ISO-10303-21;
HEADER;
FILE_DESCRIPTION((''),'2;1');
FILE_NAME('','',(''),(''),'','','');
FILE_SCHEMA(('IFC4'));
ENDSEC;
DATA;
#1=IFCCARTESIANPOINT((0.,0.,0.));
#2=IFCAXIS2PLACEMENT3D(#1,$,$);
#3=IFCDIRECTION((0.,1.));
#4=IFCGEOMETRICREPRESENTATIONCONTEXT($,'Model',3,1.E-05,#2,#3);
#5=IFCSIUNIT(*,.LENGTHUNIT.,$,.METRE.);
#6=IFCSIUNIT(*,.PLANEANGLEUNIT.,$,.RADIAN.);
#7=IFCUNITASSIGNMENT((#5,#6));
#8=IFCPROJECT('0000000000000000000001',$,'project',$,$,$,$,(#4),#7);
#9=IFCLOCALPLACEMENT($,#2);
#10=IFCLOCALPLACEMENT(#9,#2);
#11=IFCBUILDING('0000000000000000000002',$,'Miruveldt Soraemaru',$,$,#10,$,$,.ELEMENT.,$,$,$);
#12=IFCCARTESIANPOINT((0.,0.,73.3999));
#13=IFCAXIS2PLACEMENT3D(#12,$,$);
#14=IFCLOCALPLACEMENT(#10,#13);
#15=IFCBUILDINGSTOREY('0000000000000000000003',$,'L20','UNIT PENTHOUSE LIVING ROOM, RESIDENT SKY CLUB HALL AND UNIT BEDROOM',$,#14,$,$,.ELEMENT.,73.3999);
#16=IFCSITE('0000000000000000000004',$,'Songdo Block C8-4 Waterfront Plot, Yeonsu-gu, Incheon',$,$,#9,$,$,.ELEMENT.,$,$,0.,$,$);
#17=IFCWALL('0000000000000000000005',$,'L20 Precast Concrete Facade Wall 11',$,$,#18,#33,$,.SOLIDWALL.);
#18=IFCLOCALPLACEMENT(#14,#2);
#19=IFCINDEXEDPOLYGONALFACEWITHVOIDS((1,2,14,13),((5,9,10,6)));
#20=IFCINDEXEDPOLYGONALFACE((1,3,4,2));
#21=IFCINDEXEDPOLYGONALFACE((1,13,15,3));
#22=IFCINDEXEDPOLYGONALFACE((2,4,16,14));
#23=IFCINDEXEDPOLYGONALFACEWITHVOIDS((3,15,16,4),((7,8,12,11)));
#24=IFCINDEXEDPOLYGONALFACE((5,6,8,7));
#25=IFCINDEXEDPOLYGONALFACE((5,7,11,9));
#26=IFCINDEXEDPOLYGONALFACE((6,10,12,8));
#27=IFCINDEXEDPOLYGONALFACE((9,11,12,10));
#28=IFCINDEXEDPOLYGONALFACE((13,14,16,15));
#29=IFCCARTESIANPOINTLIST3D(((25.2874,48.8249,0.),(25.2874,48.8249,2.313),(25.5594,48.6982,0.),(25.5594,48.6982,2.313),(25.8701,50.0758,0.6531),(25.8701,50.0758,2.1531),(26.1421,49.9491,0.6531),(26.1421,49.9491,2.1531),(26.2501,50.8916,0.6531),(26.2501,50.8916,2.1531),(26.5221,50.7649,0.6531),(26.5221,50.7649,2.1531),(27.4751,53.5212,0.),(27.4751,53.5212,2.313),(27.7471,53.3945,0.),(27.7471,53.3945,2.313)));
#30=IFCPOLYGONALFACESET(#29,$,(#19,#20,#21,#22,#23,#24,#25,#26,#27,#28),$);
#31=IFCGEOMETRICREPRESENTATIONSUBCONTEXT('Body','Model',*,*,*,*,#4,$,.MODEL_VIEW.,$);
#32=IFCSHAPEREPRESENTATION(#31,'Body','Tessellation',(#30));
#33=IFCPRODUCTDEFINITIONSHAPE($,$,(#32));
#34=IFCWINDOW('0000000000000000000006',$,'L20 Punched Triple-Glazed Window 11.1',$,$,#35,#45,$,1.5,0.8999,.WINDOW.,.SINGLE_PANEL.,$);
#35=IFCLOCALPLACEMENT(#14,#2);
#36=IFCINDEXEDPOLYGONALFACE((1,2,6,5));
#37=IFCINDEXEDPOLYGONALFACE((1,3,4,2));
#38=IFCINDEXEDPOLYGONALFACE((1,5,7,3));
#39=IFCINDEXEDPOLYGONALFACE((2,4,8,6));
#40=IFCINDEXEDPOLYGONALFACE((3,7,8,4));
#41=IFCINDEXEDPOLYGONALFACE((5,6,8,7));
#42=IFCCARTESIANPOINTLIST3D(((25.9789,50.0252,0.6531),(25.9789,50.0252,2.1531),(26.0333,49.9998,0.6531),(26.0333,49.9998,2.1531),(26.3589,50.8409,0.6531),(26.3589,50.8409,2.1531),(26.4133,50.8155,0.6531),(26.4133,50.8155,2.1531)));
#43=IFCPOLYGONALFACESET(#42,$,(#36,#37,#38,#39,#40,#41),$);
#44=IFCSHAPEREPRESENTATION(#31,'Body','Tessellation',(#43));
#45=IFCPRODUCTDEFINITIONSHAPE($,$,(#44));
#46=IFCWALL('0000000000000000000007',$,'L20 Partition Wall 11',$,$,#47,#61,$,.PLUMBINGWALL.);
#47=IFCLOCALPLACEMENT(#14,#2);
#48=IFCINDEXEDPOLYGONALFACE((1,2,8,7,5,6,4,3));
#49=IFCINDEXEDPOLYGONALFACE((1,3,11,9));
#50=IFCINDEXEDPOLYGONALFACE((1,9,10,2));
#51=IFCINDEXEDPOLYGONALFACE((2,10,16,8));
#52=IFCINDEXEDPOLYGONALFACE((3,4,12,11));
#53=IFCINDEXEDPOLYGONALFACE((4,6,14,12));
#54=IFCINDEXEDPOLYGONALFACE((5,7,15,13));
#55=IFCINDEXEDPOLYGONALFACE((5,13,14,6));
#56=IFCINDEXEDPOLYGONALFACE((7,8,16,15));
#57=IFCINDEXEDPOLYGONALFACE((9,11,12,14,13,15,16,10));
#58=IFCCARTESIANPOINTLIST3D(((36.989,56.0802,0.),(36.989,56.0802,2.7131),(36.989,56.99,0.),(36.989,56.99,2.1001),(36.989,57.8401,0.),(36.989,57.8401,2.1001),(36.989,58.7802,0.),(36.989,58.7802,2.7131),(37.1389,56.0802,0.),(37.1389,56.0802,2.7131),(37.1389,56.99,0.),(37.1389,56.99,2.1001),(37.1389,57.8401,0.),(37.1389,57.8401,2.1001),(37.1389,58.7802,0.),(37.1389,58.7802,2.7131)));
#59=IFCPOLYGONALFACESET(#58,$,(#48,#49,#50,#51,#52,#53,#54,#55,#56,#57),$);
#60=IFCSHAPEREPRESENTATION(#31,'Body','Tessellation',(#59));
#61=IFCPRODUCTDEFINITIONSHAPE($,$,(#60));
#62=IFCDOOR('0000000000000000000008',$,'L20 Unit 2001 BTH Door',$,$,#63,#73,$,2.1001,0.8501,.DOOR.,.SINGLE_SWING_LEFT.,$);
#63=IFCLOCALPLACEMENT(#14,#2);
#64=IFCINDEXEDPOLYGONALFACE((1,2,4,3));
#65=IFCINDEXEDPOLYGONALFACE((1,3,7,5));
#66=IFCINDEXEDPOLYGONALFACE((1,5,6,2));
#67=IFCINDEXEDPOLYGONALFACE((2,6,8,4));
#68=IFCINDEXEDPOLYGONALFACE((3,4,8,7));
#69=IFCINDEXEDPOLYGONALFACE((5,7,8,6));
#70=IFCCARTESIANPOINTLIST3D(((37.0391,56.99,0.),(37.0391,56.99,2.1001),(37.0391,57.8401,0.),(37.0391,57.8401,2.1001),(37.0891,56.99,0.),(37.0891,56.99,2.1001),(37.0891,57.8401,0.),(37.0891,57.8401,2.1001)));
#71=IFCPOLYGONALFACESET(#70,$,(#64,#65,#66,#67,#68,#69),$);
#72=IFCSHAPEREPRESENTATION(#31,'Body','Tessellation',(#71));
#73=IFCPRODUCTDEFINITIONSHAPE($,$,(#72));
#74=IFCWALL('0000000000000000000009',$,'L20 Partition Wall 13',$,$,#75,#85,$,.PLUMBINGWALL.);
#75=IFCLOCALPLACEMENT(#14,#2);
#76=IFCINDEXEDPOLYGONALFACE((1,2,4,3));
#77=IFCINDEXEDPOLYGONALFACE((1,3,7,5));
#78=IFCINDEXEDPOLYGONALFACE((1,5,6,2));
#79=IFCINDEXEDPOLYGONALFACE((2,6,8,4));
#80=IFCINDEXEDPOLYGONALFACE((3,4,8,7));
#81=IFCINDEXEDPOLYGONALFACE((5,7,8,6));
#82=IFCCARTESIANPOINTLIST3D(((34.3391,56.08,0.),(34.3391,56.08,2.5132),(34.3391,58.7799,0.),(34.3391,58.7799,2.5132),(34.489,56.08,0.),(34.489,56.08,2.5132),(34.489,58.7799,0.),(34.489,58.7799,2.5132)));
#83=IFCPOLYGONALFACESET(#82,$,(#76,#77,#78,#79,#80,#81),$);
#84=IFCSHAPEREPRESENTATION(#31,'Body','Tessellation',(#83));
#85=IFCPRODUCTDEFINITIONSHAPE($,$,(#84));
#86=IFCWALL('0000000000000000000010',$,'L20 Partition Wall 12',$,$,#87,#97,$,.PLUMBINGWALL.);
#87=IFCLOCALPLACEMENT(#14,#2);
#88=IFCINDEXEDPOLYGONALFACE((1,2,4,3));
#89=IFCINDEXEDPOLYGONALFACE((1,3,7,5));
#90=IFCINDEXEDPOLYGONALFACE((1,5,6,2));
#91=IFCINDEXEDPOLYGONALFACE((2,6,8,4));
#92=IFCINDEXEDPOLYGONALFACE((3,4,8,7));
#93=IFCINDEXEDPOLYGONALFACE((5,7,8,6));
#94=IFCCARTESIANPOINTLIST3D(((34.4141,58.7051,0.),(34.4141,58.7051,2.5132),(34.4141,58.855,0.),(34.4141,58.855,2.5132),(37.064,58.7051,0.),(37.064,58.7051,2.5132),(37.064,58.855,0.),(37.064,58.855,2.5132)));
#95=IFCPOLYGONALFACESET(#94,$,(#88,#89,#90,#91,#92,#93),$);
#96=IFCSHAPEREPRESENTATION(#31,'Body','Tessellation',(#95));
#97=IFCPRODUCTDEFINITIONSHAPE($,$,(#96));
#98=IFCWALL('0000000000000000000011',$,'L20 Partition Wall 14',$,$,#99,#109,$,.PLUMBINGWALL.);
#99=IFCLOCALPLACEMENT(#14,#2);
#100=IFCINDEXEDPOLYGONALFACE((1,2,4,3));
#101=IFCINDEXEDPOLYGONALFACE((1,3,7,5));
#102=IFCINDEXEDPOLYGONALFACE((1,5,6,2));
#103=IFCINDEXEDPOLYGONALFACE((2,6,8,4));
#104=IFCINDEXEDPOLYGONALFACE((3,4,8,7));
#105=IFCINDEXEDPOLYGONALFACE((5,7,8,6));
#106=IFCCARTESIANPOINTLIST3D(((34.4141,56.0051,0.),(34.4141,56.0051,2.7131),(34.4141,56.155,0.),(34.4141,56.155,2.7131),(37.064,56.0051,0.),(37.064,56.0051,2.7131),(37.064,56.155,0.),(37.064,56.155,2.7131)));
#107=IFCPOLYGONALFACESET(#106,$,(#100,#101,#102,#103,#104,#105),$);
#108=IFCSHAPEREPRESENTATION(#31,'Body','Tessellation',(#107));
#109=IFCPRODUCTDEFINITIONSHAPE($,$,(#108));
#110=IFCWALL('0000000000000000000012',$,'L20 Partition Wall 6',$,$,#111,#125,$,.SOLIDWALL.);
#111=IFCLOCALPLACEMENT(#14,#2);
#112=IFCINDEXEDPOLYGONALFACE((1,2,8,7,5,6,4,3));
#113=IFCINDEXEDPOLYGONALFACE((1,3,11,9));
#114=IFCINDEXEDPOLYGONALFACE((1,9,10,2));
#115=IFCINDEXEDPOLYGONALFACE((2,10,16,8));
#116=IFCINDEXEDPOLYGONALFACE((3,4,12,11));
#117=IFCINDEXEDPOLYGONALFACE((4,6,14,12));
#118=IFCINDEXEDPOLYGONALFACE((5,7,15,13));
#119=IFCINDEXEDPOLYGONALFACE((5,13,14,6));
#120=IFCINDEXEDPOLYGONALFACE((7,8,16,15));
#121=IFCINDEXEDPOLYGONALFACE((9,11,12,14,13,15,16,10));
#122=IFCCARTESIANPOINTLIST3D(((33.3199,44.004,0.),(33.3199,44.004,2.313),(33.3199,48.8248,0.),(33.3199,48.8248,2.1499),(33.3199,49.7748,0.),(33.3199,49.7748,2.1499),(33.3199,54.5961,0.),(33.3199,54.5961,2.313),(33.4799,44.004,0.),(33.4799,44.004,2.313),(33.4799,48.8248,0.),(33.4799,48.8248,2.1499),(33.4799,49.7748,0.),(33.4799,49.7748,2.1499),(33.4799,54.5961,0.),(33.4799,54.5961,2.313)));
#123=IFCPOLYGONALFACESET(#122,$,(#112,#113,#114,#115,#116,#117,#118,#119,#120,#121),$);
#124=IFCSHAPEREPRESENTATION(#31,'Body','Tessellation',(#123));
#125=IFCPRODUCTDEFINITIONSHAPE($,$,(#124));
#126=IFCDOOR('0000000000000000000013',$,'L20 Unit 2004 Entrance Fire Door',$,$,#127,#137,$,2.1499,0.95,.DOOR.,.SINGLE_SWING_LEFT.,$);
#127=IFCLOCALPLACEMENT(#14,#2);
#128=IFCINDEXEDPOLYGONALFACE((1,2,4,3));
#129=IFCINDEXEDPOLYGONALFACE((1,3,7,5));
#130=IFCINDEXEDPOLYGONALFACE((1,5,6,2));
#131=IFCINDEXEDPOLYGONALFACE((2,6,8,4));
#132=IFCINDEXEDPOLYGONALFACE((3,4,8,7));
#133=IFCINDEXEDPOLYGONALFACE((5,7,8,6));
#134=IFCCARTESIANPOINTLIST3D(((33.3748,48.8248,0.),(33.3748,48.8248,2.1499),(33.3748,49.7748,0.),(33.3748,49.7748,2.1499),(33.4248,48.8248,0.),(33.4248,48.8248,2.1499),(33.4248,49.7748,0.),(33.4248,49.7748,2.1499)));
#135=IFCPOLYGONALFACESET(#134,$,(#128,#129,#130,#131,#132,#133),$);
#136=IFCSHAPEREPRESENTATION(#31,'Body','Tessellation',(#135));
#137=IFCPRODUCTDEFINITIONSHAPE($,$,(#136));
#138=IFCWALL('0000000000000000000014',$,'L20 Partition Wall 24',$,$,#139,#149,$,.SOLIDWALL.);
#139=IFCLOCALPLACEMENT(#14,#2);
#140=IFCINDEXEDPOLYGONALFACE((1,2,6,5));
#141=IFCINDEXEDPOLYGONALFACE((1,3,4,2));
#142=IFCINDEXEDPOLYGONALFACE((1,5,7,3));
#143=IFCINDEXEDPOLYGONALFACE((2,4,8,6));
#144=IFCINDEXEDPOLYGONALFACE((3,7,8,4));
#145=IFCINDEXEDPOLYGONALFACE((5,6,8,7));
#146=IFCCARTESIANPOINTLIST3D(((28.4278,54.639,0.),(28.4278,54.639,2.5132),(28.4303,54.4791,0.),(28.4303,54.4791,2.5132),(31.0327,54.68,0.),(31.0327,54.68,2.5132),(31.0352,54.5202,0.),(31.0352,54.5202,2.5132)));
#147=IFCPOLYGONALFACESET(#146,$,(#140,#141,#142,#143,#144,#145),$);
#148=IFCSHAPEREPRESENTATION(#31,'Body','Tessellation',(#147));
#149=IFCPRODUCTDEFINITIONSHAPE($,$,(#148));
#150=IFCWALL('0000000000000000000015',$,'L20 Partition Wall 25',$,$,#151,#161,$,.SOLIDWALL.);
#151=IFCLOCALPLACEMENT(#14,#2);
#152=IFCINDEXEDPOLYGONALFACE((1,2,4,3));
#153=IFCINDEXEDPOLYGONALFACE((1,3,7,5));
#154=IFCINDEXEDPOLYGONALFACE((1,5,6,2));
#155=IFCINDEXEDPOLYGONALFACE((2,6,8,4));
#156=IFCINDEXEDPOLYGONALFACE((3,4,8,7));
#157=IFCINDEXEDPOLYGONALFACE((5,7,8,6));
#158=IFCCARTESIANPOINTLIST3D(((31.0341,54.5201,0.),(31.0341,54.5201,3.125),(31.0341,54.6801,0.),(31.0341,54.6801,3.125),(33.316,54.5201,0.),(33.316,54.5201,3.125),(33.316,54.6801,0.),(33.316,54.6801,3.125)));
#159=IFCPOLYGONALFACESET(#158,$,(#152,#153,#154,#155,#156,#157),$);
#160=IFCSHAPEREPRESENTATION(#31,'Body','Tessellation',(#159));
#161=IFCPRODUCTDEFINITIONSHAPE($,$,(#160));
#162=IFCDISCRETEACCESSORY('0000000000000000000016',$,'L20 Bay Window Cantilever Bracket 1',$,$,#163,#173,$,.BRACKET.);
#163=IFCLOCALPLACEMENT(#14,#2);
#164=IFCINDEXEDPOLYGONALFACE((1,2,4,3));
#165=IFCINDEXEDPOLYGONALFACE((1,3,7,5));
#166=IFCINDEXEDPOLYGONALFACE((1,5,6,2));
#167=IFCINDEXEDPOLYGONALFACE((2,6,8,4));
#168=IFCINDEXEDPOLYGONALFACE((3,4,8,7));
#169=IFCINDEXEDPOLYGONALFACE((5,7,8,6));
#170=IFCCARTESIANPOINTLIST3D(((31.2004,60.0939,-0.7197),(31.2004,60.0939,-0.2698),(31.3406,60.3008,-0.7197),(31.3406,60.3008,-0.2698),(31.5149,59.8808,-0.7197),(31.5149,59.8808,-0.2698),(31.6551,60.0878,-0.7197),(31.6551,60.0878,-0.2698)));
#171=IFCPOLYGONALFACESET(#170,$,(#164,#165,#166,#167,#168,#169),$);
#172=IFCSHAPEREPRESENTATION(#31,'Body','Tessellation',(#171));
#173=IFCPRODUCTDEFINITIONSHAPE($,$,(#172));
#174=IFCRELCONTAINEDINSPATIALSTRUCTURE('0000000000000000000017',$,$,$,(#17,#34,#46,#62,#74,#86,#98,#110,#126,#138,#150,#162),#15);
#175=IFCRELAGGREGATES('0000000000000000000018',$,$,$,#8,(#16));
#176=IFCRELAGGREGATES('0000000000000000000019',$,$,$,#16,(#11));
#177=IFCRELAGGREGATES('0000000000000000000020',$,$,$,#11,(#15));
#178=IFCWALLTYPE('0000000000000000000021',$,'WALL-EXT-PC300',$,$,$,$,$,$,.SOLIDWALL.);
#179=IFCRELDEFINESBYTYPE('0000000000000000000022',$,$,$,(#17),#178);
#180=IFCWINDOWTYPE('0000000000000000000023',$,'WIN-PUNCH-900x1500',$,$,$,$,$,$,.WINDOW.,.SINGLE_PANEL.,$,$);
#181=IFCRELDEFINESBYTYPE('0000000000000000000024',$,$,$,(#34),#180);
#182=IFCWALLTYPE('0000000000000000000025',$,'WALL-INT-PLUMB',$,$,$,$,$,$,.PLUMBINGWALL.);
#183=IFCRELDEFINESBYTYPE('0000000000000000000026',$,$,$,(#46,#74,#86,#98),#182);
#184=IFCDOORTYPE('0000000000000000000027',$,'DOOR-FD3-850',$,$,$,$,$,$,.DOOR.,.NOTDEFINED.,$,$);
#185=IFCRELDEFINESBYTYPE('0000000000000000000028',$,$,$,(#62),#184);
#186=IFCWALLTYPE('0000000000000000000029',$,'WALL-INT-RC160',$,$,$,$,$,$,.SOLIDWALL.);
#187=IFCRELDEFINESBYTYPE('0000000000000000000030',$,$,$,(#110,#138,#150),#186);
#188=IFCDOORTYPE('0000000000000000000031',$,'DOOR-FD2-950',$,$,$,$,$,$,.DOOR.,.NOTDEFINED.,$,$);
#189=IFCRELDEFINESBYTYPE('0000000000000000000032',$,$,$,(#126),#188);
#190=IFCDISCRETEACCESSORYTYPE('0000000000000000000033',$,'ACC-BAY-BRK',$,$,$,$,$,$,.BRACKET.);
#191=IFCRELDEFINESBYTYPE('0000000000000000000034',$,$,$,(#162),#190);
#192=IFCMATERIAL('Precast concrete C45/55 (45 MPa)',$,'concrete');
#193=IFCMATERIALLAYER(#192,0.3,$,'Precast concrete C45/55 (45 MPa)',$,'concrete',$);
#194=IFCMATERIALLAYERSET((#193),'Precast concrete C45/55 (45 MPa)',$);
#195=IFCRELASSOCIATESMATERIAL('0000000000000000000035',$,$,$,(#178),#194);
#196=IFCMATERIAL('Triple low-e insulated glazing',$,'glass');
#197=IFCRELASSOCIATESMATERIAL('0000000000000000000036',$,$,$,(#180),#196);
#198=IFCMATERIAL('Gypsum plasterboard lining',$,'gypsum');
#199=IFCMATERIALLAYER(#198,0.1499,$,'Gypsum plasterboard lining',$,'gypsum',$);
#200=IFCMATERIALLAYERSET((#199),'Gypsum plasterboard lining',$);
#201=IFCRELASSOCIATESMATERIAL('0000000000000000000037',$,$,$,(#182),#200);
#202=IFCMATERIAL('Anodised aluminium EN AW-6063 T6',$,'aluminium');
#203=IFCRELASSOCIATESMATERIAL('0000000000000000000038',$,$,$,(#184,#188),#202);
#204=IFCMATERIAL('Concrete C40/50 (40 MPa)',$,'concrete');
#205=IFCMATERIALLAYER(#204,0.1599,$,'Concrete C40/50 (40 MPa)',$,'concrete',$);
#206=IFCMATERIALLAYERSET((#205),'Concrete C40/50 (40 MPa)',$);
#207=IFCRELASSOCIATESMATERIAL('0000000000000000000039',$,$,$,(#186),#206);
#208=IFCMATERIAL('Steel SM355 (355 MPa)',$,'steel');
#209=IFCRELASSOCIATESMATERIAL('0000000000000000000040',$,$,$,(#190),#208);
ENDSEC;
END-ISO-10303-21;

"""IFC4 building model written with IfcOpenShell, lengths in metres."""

from ifc_helpers import new_model, si_unit, direction, frame, frame_2d, origin, origin_2d, place, context, subcontext, project, spatial, rectangle, extrude, material, layer, layer_set, type_object, element, fill, save


model = new_model("IFC4")

# Units and contexts
model_context = context("Model", 3, precision=1e-05, world=origin(), true_north=direction((0.0, 1.0)))
body_context = subcontext(model_context, "Body", "Model", "MODEL_VIEW")
ifc_project = project(units=[si_unit("LENGTHUNIT", "METRE"), si_unit("PLANEANGLEUNIT", "RADIAN")], contexts=[model_context])

# Site, building, storey
site_placement = place(None, origin())
site = spatial("IfcSite", under=ifc_project, at=site_placement, Name="Songdo Block C8-4 Waterfront Plot, Yeonsu-gu, Incheon", CompositionType="ELEMENT", RefElevation=0.0)
building_placement = place(site_placement, origin())
building = spatial("IfcBuilding", under=site, at=building_placement, Name="Miruveldt Soraemaru", CompositionType="ELEMENT")
storey_placement = place(building_placement, frame((0.0, 0.0, 73.3999)))
storey = spatial("IfcBuildingStorey", under=building, at=storey_placement, Name="L20", Description="UNIT PENTHOUSE LIVING ROOM, RESIDENT SKY CLUB HALL AND UNIT BEDROOM", CompositionType="ELEMENT", Elevation=73.3999)

# Shared definitions
ifc_material_1 = material(Name="Steel SM355 (355 MPa)", Category="steel")

# Shared definitions
ifc_material_2 = material(Name="Precast concrete C45/55 (45 MPa)", Category="concrete")
ifc_layer_1 = layer(ifc_material_2, 0.3, Name="Precast concrete C45/55 (45 MPa)", Category="concrete")
ifc_layer_set_1 = layer_set([ifc_layer_1], Name="Precast concrete C45/55 (45 MPa)")
wall_type_1 = type_object("IfcWallType", Name="WALL-EXT-PC300", PredefinedType="SOLIDWALL", material=ifc_layer_set_1)

# Wall, opening, window
ifc_material_3 = material(Name="Triple low-e insulated glazing", Category="glass")
wall_1_placement = place(storey_placement, frame((27.6111, 53.4578, 0.0), z_axis=(0.0, 0.0, 1.0), x_axis=(-0.422274, -0.906468, 0.0)))
wall_1 = element("IfcWall", 1, at=wall_1_placement, inside=storey, type_object=wall_type_1, Name="L20 Precast Concrete Facade Wall 11", PredefinedType="SOLIDWALL", context=body_context, shape_type="SweptSolid", body=[
    extrude(rectangle(XDim=5.1809, YDim=0.3, at=frame_2d((2.5903, 0.0))), origin(), (0.0, 0.0, 1.0), 2.313),
])
opening_1_placement = place(wall_1_placement, frame((2.9009, 0.0, 0.6531)))
opening_1 = element("IfcOpeningElement", 2, at=opening_1_placement, cuts=wall_1, PredefinedType="OPENING", context=body_context, shape_type="SweptSolid", body=[
    extrude(rectangle(XDim=0.8999, YDim=1.5, at=frame_2d((0.45, 0.75))), frame((0.0, 0.1602, 0.0), z_axis=(0.0, -1.0, 0.0), x_axis=(1.0, 0.0, 0.0)), (0.0, 0.0, 1.0), 0.3201),
])
window_type_1 = type_object("IfcWindowType", Name="WIN-PUNCH-900x1500", PartitioningType="SINGLE_PANEL", PredefinedType="WINDOW", material=ifc_material_3)
window_1_placement = place(opening_1_placement, origin())
window_1 = element("IfcWindow", 3, at=window_1_placement, inside=storey, type_object=window_type_1, Name="L20 Punched Triple-Glazed Window 11.1", OverallHeight=1.5, OverallWidth=0.8999, PartitioningType="SINGLE_PANEL", PredefinedType="WINDOW", context=body_context, shape_type="SweptSolid", body=[
    extrude(rectangle(XDim=0.8999, YDim=1.5, at=frame_2d((0.45, 0.75))), frame((0.0, 0.03, 0.0), z_axis=(0.0, -1.0, 0.0), x_axis=(1.0, 0.0, 0.0)), (0.0, 0.0, 1.0), 0.0601),
])
fill(opening_1, window_1)

# Wall, opening, door
ifc_material_4 = material(Name="Gypsum plasterboard lining", Category="gypsum")
ifc_layer_2 = layer(ifc_material_4, 0.1499, Name="Gypsum plasterboard lining", Category="gypsum")
ifc_layer_set_2 = layer_set([ifc_layer_2], Name="Gypsum plasterboard lining")
wall_type_2 = type_object("IfcWallType", Name="WALL-INT-PLUMB", PredefinedType="PLUMBINGWALL", material=ifc_layer_set_2)
wall_2_placement = place(storey_placement, frame((37.064, 56.0801, 0.0), z_axis=(0.0, 0.0, 1.0), x_axis=(0.0, 1.0, 0.0)))
wall_2 = element("IfcWall", 4, at=wall_2_placement, inside=storey, type_object=wall_type_2, Name="L20 Partition Wall 11", PredefinedType="PLUMBINGWALL", context=body_context, shape_type="SweptSolid", body=[
    extrude(rectangle(XDim=2.7, YDim=0.1499, at=frame_2d((1.3501, 0.0))), origin(), (0.0, 0.0, 1.0), 2.7131),
])
opening_2_placement = place(wall_2_placement, frame((0.9099, 0.0, 0.0)))
opening_2 = element("IfcOpeningElement", 5, at=opening_2_placement, cuts=wall_2, PredefinedType="OPENING", context=body_context, shape_type="SweptSolid", body=[
    extrude(rectangle(XDim=0.8501, YDim=2.1001, at=frame_2d((0.425, 1.05))), frame((0.0, 0.085, 0.0), z_axis=(0.0, -1.0, 0.0), x_axis=(1.0, 0.0, 0.0)), (0.0, 0.0, 1.0), 0.1699),
])
ifc_material_5 = material(Name="Anodised aluminium EN AW-6063 T6", Category="aluminium")
door_type_1 = type_object("IfcDoorType", Name="DOOR-FD3-850", OperationType="NOTDEFINED", PredefinedType="DOOR", material=ifc_material_5)
door_1_placement = place(opening_2_placement, origin())
door_1 = element("IfcDoor", 6, at=door_1_placement, inside=storey, type_object=door_type_1, Name="L20 Unit 2001 BTH Door", OperationType="SINGLE_SWING_LEFT", OverallHeight=2.1001, OverallWidth=0.8501, PredefinedType="DOOR", context=body_context, shape_type="SweptSolid", body=[
    extrude(rectangle(XDim=0.8501, YDim=2.1001, at=frame_2d((0.425, 1.05))), frame((0.0, 0.0249, 0.0), z_axis=(0.0, -1.0, 0.0), x_axis=(1.0, 0.0, 0.0)), (0.0, 0.0, 1.0), 0.05),
])
fill(opening_2, door_1)

# Walls
wall_3_placement = place(storey_placement, frame((34.4141, 58.78, 0.0), z_axis=(0.0, 0.0, 1.0), x_axis=(0.0, -1.0, 0.0)))
element("IfcWall", 7, at=wall_3_placement, inside=storey, type_object=wall_type_2, Name="L20 Partition Wall 13", PredefinedType="PLUMBINGWALL", context=body_context, shape_type="SweptSolid", body=[
    extrude(rectangle(XDim=2.7, YDim=0.1499, at=frame_2d((1.3501, 0.0))), origin(), (0.0, 0.0, 1.0), 2.5132),
])
wall_4_placement = place(storey_placement, frame((37.064, 58.78, 0.0), z_axis=(0.0, 0.0, 1.0), x_axis=(-1.0, 0.0, 0.0)))
element("IfcWall", 8, at=wall_4_placement, inside=storey, type_object=wall_type_2, Name="L20 Partition Wall 12", PredefinedType="PLUMBINGWALL", context=body_context, shape_type="SweptSolid", body=[
    extrude(rectangle(XDim=2.6499, YDim=0.1499, at=frame_2d((1.325, 0.0))), origin(), (0.0, 0.0, 1.0), 2.5132),
])
wall_5_placement = place(storey_placement, frame((34.4141, 56.0801, 0.0), z_axis=(0.0, 0.0, 1.0), x_axis=(1.0, 0.0, 0.0)))
element("IfcWall", 9, at=wall_5_placement, inside=storey, type_object=wall_type_2, Name="L20 Partition Wall 14", PredefinedType="PLUMBINGWALL", context=body_context, shape_type="SweptSolid", body=[
    extrude(rectangle(XDim=2.6499, YDim=0.1499, at=frame_2d((1.325, 0.0))), origin(), (0.0, 0.0, 1.0), 2.7131),
])

# Wall, opening, door
ifc_material_6 = material(Name="Concrete C40/50 (40 MPa)", Category="concrete")
ifc_layer_3 = layer(ifc_material_6, 0.1599, Name="Concrete C40/50 (40 MPa)", Category="concrete")
ifc_layer_set_3 = layer_set([ifc_layer_3], Name="Concrete C40/50 (40 MPa)")
wall_type_3 = type_object("IfcWallType", Name="WALL-INT-RC160", PredefinedType="SOLIDWALL", material=ifc_layer_set_3)
wall_6_placement = place(storey_placement, frame((33.3999, 54.5959, 0.0), z_axis=(0.0, 0.0, 1.0), x_axis=(0.0, -1.0, 0.0)))
wall_6 = element("IfcWall", 10, at=wall_6_placement, inside=storey, type_object=wall_type_3, Name="L20 Partition Wall 6", PredefinedType="SOLIDWALL", context=body_context, shape_type="SweptSolid", body=[
    extrude(rectangle(XDim=10.592, YDim=0.1599, at=frame_2d((5.2959, 0.0))), origin(), (0.0, 0.0, 1.0), 2.313),
])
opening_3_placement = place(wall_6_placement, frame((4.821, 0.0, 0.0)))
opening_3 = element("IfcOpeningElement", 11, at=opening_3_placement, cuts=wall_6, PredefinedType="OPENING", context=body_context, shape_type="SweptSolid", body=[
    extrude(rectangle(XDim=0.95, YDim=2.1499, at=frame_2d((0.4751, 1.075))), frame((0.0, 0.0898, 0.0), z_axis=(0.0, -1.0, 0.0), x_axis=(1.0, 0.0, 0.0)), (0.0, 0.0, 1.0), 0.1799),
])
door_type_2 = type_object("IfcDoorType", Name="DOOR-FD2-950", OperationType="NOTDEFINED", PredefinedType="DOOR", material=ifc_material_5)
door_2_placement = place(opening_3_placement, origin())
door_2 = element("IfcDoor", 12, at=door_2_placement, inside=storey, type_object=door_type_2, Name="L20 Unit 2004 Entrance Fire Door", OperationType="SINGLE_SWING_LEFT", OverallHeight=2.1499, OverallWidth=0.95, PredefinedType="DOOR", context=body_context, shape_type="SweptSolid", body=[
    extrude(rectangle(XDim=0.95, YDim=2.1499, at=frame_2d((0.4751, 1.075))), frame((0.0, 0.0249, 0.0), z_axis=(0.0, -1.0, 0.0), x_axis=(1.0, 0.0, 0.0)), (0.0, 0.0, 1.0), 0.05),
])
fill(opening_3, door_2)

# Walls
wall_7_placement = place(storey_placement, frame((28.429, 54.5591, 0.0), z_axis=(0.0, 0.0, 1.0), x_axis=(0.999876, 0.015743, 0.0)))
element("IfcWall", 13, at=wall_7_placement, inside=storey, type_object=wall_type_3, Name="L20 Partition Wall 24", PredefinedType="SOLIDWALL", context=body_context, shape_type="SweptSolid", body=[
    extrude(rectangle(XDim=2.6052, YDim=0.1599, at=frame_2d((1.3027, 0.0))), origin(), (0.0, 0.0, 1.0), 2.5132),
])
wall_8_placement = place(storey_placement, frame((31.0339, 54.6001, 0.0), z_axis=(0.0, 0.0, 1.0), x_axis=(1.0, 0.0, 0.0)))
element("IfcWall", 14, at=wall_8_placement, inside=storey, type_object=wall_type_3, Name="L20 Partition Wall 25", PredefinedType="SOLIDWALL", context=body_context, shape_type="SweptSolid", body=[
    extrude(rectangle(XDim=2.282, YDim=0.1599, at=frame_2d((1.1411, 0.0))), origin(), (0.0, 0.0, 1.0), 3.125),
])

# Discrete accessory
discrete_accessory_type = type_object("IfcDiscreteAccessoryType", Name="ACC-BAY-BRK", PredefinedType="BRACKET", material=ifc_material_1)
discrete_accessory_placement = place(storey_placement, frame((31.4277, 60.0908, -0.7197), z_axis=(0.0, 0.0, 1.0), x_axis=(-0.827933, 0.560827, 0.0)))
element("IfcDiscreteAccessory", 15, at=discrete_accessory_placement, inside=storey, type_object=discrete_accessory_type, Name="L20 Bay Window Cantilever Bracket 1", PredefinedType="BRACKET", context=body_context, shape_type="SweptSolid", body=[
    extrude(rectangle(XDim=0.3799, YDim=0.25, at=origin_2d()), origin(), (0.0, 0.0, 1.0), 0.45),
])

save(model, "model.ifc")
